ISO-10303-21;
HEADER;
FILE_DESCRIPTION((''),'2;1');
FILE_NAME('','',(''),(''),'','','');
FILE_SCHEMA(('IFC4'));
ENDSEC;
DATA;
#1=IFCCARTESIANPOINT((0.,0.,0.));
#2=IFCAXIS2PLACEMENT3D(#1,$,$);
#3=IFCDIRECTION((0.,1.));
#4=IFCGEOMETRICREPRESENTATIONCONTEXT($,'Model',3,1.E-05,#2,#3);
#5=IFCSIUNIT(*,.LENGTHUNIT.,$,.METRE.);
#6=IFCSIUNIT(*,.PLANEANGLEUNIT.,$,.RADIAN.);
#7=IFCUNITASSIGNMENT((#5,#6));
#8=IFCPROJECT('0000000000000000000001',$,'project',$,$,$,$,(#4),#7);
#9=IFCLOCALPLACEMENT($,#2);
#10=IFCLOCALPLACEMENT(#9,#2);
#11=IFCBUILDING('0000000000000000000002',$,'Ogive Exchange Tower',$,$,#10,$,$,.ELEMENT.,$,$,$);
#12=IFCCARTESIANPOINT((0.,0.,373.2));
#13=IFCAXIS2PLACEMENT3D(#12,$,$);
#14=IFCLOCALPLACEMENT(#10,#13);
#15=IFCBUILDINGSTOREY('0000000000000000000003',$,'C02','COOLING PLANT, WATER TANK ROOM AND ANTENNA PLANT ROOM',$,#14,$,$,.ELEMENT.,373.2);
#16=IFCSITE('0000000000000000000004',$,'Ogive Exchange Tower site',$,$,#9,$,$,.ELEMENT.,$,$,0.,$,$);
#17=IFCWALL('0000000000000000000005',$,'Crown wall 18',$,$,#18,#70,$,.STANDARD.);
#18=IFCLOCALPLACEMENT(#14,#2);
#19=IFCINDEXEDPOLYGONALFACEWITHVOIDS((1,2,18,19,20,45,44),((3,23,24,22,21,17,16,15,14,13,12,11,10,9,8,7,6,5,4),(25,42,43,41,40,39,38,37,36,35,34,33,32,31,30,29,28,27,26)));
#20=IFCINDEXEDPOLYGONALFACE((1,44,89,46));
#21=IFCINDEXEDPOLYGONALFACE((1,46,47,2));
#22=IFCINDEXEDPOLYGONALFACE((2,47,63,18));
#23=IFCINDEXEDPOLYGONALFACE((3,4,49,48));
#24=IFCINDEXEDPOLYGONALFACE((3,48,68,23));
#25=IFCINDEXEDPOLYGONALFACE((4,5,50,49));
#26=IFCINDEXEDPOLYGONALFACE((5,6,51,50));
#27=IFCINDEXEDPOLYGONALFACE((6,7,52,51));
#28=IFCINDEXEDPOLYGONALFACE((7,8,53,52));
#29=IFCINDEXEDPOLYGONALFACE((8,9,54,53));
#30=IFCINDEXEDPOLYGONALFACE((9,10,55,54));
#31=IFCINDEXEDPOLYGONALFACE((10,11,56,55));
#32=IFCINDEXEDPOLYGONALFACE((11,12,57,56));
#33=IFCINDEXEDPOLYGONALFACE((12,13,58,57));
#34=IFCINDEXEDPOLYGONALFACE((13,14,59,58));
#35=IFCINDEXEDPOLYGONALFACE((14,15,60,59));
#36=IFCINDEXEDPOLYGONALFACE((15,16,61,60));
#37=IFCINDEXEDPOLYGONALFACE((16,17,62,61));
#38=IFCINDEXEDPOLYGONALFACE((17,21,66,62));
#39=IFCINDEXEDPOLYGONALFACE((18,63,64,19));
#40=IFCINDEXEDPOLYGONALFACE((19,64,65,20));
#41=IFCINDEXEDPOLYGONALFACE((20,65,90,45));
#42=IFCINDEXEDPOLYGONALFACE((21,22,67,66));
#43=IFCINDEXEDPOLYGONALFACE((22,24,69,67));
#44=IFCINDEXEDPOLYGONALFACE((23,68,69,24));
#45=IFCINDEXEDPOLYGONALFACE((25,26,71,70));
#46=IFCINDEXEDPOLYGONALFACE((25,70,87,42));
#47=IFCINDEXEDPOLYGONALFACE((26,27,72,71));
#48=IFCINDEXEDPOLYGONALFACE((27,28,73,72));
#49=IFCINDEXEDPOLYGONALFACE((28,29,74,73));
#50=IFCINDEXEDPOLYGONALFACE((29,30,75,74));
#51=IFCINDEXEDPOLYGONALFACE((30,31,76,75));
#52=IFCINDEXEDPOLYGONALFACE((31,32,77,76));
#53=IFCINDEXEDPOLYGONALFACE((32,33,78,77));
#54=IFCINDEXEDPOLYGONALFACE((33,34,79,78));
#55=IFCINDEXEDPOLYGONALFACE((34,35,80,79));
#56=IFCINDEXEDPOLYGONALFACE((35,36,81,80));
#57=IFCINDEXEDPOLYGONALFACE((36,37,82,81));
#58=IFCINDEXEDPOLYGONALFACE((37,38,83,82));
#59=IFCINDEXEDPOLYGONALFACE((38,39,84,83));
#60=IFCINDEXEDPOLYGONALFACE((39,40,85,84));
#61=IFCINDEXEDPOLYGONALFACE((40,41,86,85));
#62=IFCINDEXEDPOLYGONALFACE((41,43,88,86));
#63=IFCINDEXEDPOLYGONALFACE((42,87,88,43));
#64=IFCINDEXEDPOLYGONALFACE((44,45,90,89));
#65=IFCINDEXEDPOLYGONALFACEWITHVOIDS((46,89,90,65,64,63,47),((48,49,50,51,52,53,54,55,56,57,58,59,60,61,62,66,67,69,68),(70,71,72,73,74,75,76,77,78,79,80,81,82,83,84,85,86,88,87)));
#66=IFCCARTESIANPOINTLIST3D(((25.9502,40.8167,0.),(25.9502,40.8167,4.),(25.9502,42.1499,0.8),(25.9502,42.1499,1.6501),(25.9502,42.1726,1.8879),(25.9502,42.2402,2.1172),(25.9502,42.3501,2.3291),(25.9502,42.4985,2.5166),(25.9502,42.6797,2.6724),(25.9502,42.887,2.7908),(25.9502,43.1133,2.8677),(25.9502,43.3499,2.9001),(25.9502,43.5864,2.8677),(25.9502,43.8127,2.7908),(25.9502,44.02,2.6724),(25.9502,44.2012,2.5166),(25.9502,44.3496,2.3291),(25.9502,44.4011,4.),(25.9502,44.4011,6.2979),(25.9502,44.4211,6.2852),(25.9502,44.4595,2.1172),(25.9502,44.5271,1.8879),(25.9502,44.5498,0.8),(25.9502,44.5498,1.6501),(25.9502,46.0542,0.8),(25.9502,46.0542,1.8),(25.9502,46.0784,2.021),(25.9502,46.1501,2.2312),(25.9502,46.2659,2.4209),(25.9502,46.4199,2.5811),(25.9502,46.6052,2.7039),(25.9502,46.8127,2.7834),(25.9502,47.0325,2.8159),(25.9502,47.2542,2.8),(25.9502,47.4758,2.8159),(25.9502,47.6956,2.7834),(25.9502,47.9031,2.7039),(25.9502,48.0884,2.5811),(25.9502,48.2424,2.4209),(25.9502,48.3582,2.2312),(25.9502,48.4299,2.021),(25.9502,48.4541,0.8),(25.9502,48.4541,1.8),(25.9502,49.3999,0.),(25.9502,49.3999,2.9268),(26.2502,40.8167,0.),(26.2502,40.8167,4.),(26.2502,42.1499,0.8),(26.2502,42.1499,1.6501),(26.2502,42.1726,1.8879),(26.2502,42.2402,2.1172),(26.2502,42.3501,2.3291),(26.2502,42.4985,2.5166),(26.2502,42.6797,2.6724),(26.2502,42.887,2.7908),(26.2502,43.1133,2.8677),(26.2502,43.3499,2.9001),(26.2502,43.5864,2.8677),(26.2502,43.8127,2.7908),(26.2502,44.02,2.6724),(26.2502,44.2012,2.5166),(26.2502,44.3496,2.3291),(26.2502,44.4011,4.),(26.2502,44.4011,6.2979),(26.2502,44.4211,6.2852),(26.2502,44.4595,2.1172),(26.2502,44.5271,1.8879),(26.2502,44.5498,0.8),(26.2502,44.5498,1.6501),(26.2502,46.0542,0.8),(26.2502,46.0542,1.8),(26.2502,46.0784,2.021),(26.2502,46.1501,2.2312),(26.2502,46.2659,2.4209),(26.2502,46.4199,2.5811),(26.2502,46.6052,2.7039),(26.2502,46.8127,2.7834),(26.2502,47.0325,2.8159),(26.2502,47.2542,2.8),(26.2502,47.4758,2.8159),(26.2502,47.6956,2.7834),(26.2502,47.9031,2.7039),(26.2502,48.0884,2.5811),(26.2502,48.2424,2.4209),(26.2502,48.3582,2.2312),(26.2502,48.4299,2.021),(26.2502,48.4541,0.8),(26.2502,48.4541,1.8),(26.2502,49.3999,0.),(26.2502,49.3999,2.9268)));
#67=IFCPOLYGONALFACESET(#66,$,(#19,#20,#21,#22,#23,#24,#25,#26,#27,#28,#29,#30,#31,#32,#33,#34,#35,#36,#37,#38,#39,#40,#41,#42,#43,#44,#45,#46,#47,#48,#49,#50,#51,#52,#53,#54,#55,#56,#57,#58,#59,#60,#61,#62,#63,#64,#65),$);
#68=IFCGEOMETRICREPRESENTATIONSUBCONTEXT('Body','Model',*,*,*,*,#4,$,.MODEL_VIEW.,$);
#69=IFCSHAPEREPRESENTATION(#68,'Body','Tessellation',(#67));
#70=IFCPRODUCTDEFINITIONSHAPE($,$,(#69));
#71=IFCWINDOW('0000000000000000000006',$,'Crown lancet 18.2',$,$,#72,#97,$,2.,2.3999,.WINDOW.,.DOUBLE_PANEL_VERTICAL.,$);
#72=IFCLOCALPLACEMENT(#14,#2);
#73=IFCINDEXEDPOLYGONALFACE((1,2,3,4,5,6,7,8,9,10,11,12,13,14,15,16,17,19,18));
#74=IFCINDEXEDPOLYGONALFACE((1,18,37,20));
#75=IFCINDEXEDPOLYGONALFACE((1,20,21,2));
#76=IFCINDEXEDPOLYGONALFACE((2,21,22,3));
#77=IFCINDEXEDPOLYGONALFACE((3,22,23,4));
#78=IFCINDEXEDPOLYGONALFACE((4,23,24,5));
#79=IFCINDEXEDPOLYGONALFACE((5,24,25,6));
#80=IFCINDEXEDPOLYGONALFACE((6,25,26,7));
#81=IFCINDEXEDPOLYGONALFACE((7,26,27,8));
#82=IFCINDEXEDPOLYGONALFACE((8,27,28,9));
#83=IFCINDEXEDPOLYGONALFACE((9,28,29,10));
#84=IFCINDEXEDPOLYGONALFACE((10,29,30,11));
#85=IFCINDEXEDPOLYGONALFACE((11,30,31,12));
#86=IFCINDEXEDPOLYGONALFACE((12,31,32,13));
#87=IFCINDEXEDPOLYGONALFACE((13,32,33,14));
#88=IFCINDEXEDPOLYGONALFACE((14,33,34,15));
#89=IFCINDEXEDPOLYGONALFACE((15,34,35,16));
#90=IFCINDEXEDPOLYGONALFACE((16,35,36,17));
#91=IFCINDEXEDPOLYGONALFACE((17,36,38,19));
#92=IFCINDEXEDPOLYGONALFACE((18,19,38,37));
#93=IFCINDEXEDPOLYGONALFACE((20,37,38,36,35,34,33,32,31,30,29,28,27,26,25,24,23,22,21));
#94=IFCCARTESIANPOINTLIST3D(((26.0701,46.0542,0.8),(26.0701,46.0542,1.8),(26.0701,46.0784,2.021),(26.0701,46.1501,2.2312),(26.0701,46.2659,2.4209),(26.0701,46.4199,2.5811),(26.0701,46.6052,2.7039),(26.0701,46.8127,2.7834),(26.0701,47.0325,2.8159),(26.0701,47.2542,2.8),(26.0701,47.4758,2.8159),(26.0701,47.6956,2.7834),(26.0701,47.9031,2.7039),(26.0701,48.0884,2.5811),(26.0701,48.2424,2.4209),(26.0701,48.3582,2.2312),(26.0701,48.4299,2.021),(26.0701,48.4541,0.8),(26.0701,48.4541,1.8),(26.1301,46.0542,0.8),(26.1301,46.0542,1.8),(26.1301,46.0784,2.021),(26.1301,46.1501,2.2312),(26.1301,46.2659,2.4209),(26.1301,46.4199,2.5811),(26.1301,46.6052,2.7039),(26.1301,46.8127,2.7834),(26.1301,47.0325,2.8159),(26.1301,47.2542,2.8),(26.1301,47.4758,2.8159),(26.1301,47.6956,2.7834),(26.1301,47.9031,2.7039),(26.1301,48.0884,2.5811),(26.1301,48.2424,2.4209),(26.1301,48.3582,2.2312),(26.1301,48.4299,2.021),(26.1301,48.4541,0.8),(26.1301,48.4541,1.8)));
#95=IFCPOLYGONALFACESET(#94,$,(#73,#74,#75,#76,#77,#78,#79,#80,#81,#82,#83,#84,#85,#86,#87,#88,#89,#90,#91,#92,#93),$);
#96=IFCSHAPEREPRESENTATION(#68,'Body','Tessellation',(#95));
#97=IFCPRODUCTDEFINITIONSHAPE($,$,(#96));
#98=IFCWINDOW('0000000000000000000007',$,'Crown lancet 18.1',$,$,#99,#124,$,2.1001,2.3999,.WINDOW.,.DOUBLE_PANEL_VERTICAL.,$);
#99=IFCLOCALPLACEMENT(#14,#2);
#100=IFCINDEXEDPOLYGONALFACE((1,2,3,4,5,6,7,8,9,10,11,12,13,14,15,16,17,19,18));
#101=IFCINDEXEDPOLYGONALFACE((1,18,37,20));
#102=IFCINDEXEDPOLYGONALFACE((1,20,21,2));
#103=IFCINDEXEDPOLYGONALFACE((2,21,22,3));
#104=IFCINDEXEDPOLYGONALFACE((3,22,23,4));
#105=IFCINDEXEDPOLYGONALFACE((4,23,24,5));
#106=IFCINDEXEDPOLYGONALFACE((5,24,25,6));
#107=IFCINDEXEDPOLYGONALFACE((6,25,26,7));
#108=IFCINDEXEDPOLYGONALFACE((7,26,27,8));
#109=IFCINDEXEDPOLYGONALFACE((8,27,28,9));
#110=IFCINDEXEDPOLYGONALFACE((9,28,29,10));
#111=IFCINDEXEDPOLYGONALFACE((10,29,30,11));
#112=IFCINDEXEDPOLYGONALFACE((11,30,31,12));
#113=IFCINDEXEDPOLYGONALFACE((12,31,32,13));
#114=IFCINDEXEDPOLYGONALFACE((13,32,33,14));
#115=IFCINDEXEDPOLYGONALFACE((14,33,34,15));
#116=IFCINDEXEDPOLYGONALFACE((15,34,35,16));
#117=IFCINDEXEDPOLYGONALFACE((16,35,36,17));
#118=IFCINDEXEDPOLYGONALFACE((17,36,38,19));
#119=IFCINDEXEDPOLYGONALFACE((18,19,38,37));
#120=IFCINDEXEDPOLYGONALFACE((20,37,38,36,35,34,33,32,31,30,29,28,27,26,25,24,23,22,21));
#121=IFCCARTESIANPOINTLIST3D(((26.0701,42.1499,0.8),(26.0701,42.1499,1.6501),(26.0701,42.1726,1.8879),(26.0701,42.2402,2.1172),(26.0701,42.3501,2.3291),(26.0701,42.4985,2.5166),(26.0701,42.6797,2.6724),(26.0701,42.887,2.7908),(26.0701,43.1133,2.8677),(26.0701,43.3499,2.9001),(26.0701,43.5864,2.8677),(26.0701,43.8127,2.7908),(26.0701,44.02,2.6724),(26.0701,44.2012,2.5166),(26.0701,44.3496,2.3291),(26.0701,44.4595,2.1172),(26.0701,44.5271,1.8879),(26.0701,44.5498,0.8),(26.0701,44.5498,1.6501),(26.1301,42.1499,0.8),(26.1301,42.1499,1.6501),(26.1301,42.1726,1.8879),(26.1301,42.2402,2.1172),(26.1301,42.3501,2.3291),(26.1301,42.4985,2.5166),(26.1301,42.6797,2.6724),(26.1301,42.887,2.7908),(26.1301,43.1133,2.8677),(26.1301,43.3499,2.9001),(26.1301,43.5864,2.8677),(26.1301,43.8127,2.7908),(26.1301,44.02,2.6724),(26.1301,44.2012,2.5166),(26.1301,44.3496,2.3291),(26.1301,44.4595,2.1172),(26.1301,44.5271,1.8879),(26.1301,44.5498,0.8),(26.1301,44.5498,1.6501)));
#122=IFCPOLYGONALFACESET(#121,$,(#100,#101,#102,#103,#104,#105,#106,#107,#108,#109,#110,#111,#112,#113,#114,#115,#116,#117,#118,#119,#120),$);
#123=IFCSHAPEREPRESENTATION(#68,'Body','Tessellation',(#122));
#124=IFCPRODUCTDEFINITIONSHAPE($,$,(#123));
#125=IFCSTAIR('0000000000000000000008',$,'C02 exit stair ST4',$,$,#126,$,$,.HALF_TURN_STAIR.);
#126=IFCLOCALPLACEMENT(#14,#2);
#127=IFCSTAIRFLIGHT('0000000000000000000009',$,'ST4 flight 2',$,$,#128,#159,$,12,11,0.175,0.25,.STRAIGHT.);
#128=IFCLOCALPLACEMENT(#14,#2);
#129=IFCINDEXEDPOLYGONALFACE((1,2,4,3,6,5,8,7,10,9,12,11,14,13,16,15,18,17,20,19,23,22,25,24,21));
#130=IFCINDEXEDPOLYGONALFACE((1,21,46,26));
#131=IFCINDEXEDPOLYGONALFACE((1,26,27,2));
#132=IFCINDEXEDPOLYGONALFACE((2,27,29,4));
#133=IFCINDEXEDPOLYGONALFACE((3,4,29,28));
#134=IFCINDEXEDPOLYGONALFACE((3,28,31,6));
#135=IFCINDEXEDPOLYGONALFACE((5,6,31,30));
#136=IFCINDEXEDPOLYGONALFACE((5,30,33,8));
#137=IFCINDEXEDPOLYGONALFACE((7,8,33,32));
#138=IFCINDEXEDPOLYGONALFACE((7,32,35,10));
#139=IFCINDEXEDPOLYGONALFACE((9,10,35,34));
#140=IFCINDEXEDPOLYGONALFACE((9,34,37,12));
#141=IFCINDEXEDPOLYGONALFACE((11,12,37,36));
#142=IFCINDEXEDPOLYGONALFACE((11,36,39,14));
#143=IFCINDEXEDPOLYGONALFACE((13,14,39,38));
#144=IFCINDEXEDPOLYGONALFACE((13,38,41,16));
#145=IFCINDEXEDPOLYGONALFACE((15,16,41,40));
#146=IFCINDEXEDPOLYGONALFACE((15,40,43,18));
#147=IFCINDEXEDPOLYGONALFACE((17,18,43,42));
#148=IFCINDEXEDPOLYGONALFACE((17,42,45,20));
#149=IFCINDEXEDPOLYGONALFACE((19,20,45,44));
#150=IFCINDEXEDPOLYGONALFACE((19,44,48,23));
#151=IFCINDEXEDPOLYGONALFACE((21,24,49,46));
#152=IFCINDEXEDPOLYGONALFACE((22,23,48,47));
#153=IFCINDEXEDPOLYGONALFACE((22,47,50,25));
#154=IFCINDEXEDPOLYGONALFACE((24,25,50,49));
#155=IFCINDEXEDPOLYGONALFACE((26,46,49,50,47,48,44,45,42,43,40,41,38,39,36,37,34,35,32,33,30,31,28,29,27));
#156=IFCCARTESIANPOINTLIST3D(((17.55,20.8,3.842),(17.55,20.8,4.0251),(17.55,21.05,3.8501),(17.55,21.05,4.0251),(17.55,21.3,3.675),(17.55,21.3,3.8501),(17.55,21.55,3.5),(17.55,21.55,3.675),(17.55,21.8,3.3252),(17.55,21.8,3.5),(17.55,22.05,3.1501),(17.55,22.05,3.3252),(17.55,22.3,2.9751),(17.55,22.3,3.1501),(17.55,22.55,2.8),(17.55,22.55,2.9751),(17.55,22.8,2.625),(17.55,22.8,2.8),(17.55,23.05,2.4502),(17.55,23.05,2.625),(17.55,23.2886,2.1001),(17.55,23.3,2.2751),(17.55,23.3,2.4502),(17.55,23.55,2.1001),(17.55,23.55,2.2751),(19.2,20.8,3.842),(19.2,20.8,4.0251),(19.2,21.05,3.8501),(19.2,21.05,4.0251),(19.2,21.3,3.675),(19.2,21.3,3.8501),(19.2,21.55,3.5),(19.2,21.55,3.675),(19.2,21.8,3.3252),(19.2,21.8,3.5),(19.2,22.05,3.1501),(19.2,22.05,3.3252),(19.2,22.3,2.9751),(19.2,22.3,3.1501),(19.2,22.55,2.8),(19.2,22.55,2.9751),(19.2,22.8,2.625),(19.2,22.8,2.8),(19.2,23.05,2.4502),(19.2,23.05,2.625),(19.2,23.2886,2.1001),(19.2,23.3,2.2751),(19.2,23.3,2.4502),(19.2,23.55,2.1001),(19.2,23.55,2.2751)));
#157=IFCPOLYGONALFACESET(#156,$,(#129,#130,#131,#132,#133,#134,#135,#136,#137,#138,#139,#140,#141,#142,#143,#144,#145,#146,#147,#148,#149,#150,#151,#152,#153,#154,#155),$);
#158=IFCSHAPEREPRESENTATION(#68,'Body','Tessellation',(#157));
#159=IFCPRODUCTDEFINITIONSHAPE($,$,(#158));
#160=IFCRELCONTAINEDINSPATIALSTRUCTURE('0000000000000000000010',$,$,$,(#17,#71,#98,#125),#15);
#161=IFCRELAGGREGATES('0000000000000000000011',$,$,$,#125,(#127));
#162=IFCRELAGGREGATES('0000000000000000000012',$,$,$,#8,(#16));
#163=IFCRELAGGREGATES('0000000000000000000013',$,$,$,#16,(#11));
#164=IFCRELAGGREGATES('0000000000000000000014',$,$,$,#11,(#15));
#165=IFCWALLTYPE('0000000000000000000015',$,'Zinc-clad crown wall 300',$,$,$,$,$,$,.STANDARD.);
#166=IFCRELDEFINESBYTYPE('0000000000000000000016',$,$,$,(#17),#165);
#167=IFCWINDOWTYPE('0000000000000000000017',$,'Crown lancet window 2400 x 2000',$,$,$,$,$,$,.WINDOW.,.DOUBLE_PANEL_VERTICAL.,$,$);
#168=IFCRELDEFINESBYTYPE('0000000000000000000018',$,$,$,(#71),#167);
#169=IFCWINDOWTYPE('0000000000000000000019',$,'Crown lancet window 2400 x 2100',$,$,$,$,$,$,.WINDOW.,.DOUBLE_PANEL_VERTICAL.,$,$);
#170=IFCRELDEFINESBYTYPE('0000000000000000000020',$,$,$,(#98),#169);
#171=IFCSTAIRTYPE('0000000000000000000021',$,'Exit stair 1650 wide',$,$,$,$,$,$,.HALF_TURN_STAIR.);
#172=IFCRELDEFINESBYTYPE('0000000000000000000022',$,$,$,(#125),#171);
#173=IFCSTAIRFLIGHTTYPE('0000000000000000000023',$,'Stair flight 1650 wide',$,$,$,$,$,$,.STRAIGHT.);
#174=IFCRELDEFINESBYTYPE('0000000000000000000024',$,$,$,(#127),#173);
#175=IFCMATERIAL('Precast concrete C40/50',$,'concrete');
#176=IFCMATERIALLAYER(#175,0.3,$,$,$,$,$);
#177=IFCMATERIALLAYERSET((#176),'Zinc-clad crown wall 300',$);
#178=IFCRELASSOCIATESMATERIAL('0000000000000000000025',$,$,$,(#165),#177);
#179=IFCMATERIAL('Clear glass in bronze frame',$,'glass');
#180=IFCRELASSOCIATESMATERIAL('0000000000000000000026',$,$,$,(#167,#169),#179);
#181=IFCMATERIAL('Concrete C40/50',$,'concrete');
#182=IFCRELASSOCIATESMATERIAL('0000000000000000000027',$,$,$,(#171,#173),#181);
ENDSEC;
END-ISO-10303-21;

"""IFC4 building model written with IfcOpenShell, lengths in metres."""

from ifc_helpers import new_model, si_unit, direction, frame, origin, place, context, subcontext, project, spatial, polyline, outline, extrude, material, layer, layer_set, type_object, element, fill, aggregate, save


model = new_model("IFC4")

# Units and contexts
model_context = context("Model", 3, precision=1e-05, world=origin(), true_north=direction((0.0, 1.0)))
body_context = subcontext(model_context, "Body", "Model", "MODEL_VIEW")
ifc_project = project(units=[si_unit("LENGTHUNIT", "METRE"), si_unit("PLANEANGLEUNIT", "RADIAN")], contexts=[model_context])

# Site, building, storey
site_placement = place(None, origin())
site = spatial("IfcSite", under=ifc_project, at=site_placement, Name="Ogive Exchange Tower site", CompositionType="ELEMENT", RefElevation=0.0)
building_placement = place(site_placement, origin())
building = spatial("IfcBuilding", under=site, at=building_placement, Name="Ogive Exchange Tower", CompositionType="ELEMENT")
storey_placement = place(building_placement, frame((0.0, 0.0, 373.2)))
storey = spatial("IfcBuildingStorey", under=building, at=storey_placement, Name="C02", Description="COOLING PLANT, WATER TANK ROOM AND ANTENNA PLANT ROOM", CompositionType="ELEMENT", Elevation=373.2)

# Wall, openings, windows
ifc_material_1 = material(Name="Precast concrete C40/50", Category="concrete")
ifc_layer_1 = layer(ifc_material_1, 0.3)
ifc_layer_set_1 = layer_set([ifc_layer_1], Name="Zinc-clad crown wall 300")
wall_type_1 = type_object("IfcWallType", Name="Zinc-clad crown wall 300", PredefinedType="STANDARD", material=ifc_layer_set_1)
ifc_material_2 = material(Name="Clear glass in bronze frame", Category="glass")
wall_1_placement = place(storey_placement, frame((26.1001, 40.8167, 0.0), z_axis=(0.0, 0.0, 1.0), x_axis=(0.0, 1.0, 0.0)))
wall_1 = element("IfcWall", 1, at=wall_1_placement, inside=storey, type_object=wall_type_1, Name="Crown wall 18", PredefinedType="STANDARD", context=body_context, shape_type="SweptSolid", body=[
    extrude(outline(polyline([(0.0, 0.0), (8.5833, 0.0), (8.5833, 2.9268), (6.9922, 4.0), (3.6045, 6.2852), (3.5845, 6.2979), (3.5845, 4.0), (0.0, 4.0), (0.0, 0.0)])), frame((0.0, 0.1499, 0.0), z_axis=(0.0, -1.0, 0.0), x_axis=(1.0, 0.0, 0.0)), (0.0, 0.0, 1.0), 0.3),
])
opening_1_placement = place(wall_1_placement, frame((1.3333, 0.0, 0.8)))
opening_1 = element("IfcOpeningElement", 2, at=opening_1_placement, cuts=wall_1, PredefinedType="OPENING", context=body_context, shape_type="SweptSolid", body=[
    extrude(outline(polyline([(0.0, 0.0), (2.3999, 0.0), (2.3999, 0.8501), (2.3772, 1.0879), (2.3096, 1.3171), (2.1997, 1.5291), (2.0513, 1.7166), (1.8701, 1.8723), (1.6628, 1.9907), (1.4365, 2.0676), (1.2, 2.1001), (0.9634, 2.0676), (0.7371, 1.9907), (0.5298, 1.8723), (0.3486, 1.7166), (0.2002, 1.5291), (0.0903, 1.3171), (0.0227, 1.0879), (0.0, 0.8501), (0.0, 0.0)])), frame((0.0, 0.1599, 0.0), z_axis=(0.0, -1.0, 0.0), x_axis=(1.0, 0.0, 0.0)), (0.0, 0.0, 1.0), 0.3201),
])
opening_2_placement = place(wall_1_placement, frame((5.2375, 0.0, 0.8)))
opening_2 = element("IfcOpeningElement", 3, at=opening_2_placement, cuts=wall_1, PredefinedType="OPENING", context=body_context, shape_type="SweptSolid", body=[
    extrude(outline(polyline([(0.0, 0.0), (2.3999, 0.0), (2.3999, 1.0), (2.3757, 1.2209), (2.304, 1.4312), (2.1882, 1.6208), (2.0342, 1.781), (1.8489, 1.9038), (1.6414, 1.9834), (1.4216, 2.0159), (1.2, 2.0), (0.9783, 2.0159), (0.7585, 1.9834), (0.551, 1.9038), (0.3657, 1.781), (0.2117, 1.6208), (0.0959, 1.4312), (0.0242, 1.2209), (0.0, 1.0), (0.0, 0.0)])), frame((0.0, 0.1599, 0.0), z_axis=(0.0, -1.0, 0.0), x_axis=(1.0, 0.0, 0.0)), (0.0, 0.0, 1.0), 0.3201),
])
window_type_1 = type_object("IfcWindowType", Name="Crown lancet window 2400 x 2000", PartitioningType="DOUBLE_PANEL_VERTICAL", PredefinedType="WINDOW", material=ifc_material_2)
window_1_placement = place(opening_2_placement, origin())
window_1 = element("IfcWindow", 4, at=window_1_placement, inside=storey, type_object=window_type_1, Name="Crown lancet 18.2", OverallHeight=2.0, OverallWidth=2.3999, PartitioningType="DOUBLE_PANEL_VERTICAL", PredefinedType="WINDOW", context=body_context, shape_type="SweptSolid", body=[
    extrude(outline(polyline([(0.0, 0.0), (2.3999, 0.0), (2.3999, 1.0), (2.3757, 1.2209), (2.304, 1.4312), (2.1882, 1.6208), (2.0342, 1.781), (1.8489, 1.9038), (1.6414, 1.9834), (1.4216, 2.0159), (1.2, 2.0), (0.9783, 2.0159), (0.7585, 1.9834), (0.551, 1.9038), (0.3657, 1.781), (0.2117, 1.6208), (0.0959, 1.4312), (0.0242, 1.2209), (0.0, 1.0), (0.0, 0.0)])), frame((0.0, 0.03, 0.0), z_axis=(0.0, -1.0, 0.0), x_axis=(1.0, 0.0, 0.0)), (0.0, 0.0, 1.0), 0.0601),
])
fill(opening_2, window_1)
window_type_2 = type_object("IfcWindowType", Name="Crown lancet window 2400 x 2100", PartitioningType="DOUBLE_PANEL_VERTICAL", PredefinedType="WINDOW", material=ifc_material_2)
window_2_placement = place(opening_1_placement, origin())
window_2 = element("IfcWindow", 5, at=window_2_placement, inside=storey, type_object=window_type_2, Name="Crown lancet 18.1", OverallHeight=2.1001, OverallWidth=2.3999, PartitioningType="DOUBLE_PANEL_VERTICAL", PredefinedType="WINDOW", context=body_context, shape_type="SweptSolid", body=[
    extrude(outline(polyline([(0.0, 0.0), (2.3999, 0.0), (2.3999, 0.8501), (2.3772, 1.0879), (2.3096, 1.3171), (2.1997, 1.5291), (2.0513, 1.7166), (1.8701, 1.8723), (1.6628, 1.9907), (1.4365, 2.0676), (1.2, 2.1001), (0.9634, 2.0676), (0.7371, 1.9907), (0.5298, 1.8723), (0.3486, 1.7166), (0.2002, 1.5291), (0.0903, 1.3171), (0.0227, 1.0879), (0.0, 0.8501), (0.0, 0.0)])), frame((0.0, 0.03, 0.0), z_axis=(0.0, -1.0, 0.0), x_axis=(1.0, 0.0, 0.0)), (0.0, 0.0, 1.0), 0.0601),
])
fill(opening_1, window_2)

# Stair, stair flight
ifc_material_3 = material(Name="Concrete C40/50", Category="concrete")
stair_type = type_object("IfcStairType", Name="Exit stair 1650 wide", PredefinedType="HALF_TURN_STAIR", material=ifc_material_3)
stair_placement = place(storey_placement, origin())
stair = element("IfcStair", 6, at=stair_placement, inside=storey, type_object=stair_type, Name="C02 exit stair ST4", PredefinedType="HALF_TURN_STAIR")
stair_flight_type = type_object("IfcStairFlightType", Name="Stair flight 1650 wide", PredefinedType="STRAIGHT", material=ifc_material_3)
stair_flight_placement = place(storey_placement, frame((18.375, 23.55, 2.1001), z_axis=(0.0, 0.0, 1.0), x_axis=(0.0, -1.0, 0.0)))
stair_flight = element("IfcStairFlight", 7, at=stair_flight_placement, type_object=stair_flight_type, Name="ST4 flight 2", NumberOfRisers=12, NumberOfTreads=11, PredefinedType="STRAIGHT", RiserHeight=0.175, TreadLength=0.25, context=body_context, shape_type="SweptSolid", body=[
    extrude(outline(polyline([(0.0, 0.0), (0.0, 0.175), (0.25, 0.175), (0.25, 0.3501), (0.5, 0.3501), (0.5, 0.5249), (0.75, 0.5249), (0.75, 0.7), (1.0, 0.7), (1.0, 0.875), (1.25, 0.875), (1.25, 1.05), (1.5, 1.05), (1.5, 1.2251), (1.75, 1.2251), (1.75, 1.3999), (2.0, 1.3999), (2.0, 1.575), (2.25, 1.575), (2.25, 1.75), (2.5, 1.75), (2.5, 1.925), (2.75, 1.925), (2.75, 2.1001), (2.75, 1.7419), (0.2615, 0.0), (0.0, 0.0)])), frame((0.0, 0.825, 0.0), z_axis=(0.0, -1.0, 0.0), x_axis=(1.0, 0.0, 0.0)), (0.0, 0.0, 1.0), 1.6499),
])
aggregate(stair, [stair_flight])

save(model, "model.ifc")
